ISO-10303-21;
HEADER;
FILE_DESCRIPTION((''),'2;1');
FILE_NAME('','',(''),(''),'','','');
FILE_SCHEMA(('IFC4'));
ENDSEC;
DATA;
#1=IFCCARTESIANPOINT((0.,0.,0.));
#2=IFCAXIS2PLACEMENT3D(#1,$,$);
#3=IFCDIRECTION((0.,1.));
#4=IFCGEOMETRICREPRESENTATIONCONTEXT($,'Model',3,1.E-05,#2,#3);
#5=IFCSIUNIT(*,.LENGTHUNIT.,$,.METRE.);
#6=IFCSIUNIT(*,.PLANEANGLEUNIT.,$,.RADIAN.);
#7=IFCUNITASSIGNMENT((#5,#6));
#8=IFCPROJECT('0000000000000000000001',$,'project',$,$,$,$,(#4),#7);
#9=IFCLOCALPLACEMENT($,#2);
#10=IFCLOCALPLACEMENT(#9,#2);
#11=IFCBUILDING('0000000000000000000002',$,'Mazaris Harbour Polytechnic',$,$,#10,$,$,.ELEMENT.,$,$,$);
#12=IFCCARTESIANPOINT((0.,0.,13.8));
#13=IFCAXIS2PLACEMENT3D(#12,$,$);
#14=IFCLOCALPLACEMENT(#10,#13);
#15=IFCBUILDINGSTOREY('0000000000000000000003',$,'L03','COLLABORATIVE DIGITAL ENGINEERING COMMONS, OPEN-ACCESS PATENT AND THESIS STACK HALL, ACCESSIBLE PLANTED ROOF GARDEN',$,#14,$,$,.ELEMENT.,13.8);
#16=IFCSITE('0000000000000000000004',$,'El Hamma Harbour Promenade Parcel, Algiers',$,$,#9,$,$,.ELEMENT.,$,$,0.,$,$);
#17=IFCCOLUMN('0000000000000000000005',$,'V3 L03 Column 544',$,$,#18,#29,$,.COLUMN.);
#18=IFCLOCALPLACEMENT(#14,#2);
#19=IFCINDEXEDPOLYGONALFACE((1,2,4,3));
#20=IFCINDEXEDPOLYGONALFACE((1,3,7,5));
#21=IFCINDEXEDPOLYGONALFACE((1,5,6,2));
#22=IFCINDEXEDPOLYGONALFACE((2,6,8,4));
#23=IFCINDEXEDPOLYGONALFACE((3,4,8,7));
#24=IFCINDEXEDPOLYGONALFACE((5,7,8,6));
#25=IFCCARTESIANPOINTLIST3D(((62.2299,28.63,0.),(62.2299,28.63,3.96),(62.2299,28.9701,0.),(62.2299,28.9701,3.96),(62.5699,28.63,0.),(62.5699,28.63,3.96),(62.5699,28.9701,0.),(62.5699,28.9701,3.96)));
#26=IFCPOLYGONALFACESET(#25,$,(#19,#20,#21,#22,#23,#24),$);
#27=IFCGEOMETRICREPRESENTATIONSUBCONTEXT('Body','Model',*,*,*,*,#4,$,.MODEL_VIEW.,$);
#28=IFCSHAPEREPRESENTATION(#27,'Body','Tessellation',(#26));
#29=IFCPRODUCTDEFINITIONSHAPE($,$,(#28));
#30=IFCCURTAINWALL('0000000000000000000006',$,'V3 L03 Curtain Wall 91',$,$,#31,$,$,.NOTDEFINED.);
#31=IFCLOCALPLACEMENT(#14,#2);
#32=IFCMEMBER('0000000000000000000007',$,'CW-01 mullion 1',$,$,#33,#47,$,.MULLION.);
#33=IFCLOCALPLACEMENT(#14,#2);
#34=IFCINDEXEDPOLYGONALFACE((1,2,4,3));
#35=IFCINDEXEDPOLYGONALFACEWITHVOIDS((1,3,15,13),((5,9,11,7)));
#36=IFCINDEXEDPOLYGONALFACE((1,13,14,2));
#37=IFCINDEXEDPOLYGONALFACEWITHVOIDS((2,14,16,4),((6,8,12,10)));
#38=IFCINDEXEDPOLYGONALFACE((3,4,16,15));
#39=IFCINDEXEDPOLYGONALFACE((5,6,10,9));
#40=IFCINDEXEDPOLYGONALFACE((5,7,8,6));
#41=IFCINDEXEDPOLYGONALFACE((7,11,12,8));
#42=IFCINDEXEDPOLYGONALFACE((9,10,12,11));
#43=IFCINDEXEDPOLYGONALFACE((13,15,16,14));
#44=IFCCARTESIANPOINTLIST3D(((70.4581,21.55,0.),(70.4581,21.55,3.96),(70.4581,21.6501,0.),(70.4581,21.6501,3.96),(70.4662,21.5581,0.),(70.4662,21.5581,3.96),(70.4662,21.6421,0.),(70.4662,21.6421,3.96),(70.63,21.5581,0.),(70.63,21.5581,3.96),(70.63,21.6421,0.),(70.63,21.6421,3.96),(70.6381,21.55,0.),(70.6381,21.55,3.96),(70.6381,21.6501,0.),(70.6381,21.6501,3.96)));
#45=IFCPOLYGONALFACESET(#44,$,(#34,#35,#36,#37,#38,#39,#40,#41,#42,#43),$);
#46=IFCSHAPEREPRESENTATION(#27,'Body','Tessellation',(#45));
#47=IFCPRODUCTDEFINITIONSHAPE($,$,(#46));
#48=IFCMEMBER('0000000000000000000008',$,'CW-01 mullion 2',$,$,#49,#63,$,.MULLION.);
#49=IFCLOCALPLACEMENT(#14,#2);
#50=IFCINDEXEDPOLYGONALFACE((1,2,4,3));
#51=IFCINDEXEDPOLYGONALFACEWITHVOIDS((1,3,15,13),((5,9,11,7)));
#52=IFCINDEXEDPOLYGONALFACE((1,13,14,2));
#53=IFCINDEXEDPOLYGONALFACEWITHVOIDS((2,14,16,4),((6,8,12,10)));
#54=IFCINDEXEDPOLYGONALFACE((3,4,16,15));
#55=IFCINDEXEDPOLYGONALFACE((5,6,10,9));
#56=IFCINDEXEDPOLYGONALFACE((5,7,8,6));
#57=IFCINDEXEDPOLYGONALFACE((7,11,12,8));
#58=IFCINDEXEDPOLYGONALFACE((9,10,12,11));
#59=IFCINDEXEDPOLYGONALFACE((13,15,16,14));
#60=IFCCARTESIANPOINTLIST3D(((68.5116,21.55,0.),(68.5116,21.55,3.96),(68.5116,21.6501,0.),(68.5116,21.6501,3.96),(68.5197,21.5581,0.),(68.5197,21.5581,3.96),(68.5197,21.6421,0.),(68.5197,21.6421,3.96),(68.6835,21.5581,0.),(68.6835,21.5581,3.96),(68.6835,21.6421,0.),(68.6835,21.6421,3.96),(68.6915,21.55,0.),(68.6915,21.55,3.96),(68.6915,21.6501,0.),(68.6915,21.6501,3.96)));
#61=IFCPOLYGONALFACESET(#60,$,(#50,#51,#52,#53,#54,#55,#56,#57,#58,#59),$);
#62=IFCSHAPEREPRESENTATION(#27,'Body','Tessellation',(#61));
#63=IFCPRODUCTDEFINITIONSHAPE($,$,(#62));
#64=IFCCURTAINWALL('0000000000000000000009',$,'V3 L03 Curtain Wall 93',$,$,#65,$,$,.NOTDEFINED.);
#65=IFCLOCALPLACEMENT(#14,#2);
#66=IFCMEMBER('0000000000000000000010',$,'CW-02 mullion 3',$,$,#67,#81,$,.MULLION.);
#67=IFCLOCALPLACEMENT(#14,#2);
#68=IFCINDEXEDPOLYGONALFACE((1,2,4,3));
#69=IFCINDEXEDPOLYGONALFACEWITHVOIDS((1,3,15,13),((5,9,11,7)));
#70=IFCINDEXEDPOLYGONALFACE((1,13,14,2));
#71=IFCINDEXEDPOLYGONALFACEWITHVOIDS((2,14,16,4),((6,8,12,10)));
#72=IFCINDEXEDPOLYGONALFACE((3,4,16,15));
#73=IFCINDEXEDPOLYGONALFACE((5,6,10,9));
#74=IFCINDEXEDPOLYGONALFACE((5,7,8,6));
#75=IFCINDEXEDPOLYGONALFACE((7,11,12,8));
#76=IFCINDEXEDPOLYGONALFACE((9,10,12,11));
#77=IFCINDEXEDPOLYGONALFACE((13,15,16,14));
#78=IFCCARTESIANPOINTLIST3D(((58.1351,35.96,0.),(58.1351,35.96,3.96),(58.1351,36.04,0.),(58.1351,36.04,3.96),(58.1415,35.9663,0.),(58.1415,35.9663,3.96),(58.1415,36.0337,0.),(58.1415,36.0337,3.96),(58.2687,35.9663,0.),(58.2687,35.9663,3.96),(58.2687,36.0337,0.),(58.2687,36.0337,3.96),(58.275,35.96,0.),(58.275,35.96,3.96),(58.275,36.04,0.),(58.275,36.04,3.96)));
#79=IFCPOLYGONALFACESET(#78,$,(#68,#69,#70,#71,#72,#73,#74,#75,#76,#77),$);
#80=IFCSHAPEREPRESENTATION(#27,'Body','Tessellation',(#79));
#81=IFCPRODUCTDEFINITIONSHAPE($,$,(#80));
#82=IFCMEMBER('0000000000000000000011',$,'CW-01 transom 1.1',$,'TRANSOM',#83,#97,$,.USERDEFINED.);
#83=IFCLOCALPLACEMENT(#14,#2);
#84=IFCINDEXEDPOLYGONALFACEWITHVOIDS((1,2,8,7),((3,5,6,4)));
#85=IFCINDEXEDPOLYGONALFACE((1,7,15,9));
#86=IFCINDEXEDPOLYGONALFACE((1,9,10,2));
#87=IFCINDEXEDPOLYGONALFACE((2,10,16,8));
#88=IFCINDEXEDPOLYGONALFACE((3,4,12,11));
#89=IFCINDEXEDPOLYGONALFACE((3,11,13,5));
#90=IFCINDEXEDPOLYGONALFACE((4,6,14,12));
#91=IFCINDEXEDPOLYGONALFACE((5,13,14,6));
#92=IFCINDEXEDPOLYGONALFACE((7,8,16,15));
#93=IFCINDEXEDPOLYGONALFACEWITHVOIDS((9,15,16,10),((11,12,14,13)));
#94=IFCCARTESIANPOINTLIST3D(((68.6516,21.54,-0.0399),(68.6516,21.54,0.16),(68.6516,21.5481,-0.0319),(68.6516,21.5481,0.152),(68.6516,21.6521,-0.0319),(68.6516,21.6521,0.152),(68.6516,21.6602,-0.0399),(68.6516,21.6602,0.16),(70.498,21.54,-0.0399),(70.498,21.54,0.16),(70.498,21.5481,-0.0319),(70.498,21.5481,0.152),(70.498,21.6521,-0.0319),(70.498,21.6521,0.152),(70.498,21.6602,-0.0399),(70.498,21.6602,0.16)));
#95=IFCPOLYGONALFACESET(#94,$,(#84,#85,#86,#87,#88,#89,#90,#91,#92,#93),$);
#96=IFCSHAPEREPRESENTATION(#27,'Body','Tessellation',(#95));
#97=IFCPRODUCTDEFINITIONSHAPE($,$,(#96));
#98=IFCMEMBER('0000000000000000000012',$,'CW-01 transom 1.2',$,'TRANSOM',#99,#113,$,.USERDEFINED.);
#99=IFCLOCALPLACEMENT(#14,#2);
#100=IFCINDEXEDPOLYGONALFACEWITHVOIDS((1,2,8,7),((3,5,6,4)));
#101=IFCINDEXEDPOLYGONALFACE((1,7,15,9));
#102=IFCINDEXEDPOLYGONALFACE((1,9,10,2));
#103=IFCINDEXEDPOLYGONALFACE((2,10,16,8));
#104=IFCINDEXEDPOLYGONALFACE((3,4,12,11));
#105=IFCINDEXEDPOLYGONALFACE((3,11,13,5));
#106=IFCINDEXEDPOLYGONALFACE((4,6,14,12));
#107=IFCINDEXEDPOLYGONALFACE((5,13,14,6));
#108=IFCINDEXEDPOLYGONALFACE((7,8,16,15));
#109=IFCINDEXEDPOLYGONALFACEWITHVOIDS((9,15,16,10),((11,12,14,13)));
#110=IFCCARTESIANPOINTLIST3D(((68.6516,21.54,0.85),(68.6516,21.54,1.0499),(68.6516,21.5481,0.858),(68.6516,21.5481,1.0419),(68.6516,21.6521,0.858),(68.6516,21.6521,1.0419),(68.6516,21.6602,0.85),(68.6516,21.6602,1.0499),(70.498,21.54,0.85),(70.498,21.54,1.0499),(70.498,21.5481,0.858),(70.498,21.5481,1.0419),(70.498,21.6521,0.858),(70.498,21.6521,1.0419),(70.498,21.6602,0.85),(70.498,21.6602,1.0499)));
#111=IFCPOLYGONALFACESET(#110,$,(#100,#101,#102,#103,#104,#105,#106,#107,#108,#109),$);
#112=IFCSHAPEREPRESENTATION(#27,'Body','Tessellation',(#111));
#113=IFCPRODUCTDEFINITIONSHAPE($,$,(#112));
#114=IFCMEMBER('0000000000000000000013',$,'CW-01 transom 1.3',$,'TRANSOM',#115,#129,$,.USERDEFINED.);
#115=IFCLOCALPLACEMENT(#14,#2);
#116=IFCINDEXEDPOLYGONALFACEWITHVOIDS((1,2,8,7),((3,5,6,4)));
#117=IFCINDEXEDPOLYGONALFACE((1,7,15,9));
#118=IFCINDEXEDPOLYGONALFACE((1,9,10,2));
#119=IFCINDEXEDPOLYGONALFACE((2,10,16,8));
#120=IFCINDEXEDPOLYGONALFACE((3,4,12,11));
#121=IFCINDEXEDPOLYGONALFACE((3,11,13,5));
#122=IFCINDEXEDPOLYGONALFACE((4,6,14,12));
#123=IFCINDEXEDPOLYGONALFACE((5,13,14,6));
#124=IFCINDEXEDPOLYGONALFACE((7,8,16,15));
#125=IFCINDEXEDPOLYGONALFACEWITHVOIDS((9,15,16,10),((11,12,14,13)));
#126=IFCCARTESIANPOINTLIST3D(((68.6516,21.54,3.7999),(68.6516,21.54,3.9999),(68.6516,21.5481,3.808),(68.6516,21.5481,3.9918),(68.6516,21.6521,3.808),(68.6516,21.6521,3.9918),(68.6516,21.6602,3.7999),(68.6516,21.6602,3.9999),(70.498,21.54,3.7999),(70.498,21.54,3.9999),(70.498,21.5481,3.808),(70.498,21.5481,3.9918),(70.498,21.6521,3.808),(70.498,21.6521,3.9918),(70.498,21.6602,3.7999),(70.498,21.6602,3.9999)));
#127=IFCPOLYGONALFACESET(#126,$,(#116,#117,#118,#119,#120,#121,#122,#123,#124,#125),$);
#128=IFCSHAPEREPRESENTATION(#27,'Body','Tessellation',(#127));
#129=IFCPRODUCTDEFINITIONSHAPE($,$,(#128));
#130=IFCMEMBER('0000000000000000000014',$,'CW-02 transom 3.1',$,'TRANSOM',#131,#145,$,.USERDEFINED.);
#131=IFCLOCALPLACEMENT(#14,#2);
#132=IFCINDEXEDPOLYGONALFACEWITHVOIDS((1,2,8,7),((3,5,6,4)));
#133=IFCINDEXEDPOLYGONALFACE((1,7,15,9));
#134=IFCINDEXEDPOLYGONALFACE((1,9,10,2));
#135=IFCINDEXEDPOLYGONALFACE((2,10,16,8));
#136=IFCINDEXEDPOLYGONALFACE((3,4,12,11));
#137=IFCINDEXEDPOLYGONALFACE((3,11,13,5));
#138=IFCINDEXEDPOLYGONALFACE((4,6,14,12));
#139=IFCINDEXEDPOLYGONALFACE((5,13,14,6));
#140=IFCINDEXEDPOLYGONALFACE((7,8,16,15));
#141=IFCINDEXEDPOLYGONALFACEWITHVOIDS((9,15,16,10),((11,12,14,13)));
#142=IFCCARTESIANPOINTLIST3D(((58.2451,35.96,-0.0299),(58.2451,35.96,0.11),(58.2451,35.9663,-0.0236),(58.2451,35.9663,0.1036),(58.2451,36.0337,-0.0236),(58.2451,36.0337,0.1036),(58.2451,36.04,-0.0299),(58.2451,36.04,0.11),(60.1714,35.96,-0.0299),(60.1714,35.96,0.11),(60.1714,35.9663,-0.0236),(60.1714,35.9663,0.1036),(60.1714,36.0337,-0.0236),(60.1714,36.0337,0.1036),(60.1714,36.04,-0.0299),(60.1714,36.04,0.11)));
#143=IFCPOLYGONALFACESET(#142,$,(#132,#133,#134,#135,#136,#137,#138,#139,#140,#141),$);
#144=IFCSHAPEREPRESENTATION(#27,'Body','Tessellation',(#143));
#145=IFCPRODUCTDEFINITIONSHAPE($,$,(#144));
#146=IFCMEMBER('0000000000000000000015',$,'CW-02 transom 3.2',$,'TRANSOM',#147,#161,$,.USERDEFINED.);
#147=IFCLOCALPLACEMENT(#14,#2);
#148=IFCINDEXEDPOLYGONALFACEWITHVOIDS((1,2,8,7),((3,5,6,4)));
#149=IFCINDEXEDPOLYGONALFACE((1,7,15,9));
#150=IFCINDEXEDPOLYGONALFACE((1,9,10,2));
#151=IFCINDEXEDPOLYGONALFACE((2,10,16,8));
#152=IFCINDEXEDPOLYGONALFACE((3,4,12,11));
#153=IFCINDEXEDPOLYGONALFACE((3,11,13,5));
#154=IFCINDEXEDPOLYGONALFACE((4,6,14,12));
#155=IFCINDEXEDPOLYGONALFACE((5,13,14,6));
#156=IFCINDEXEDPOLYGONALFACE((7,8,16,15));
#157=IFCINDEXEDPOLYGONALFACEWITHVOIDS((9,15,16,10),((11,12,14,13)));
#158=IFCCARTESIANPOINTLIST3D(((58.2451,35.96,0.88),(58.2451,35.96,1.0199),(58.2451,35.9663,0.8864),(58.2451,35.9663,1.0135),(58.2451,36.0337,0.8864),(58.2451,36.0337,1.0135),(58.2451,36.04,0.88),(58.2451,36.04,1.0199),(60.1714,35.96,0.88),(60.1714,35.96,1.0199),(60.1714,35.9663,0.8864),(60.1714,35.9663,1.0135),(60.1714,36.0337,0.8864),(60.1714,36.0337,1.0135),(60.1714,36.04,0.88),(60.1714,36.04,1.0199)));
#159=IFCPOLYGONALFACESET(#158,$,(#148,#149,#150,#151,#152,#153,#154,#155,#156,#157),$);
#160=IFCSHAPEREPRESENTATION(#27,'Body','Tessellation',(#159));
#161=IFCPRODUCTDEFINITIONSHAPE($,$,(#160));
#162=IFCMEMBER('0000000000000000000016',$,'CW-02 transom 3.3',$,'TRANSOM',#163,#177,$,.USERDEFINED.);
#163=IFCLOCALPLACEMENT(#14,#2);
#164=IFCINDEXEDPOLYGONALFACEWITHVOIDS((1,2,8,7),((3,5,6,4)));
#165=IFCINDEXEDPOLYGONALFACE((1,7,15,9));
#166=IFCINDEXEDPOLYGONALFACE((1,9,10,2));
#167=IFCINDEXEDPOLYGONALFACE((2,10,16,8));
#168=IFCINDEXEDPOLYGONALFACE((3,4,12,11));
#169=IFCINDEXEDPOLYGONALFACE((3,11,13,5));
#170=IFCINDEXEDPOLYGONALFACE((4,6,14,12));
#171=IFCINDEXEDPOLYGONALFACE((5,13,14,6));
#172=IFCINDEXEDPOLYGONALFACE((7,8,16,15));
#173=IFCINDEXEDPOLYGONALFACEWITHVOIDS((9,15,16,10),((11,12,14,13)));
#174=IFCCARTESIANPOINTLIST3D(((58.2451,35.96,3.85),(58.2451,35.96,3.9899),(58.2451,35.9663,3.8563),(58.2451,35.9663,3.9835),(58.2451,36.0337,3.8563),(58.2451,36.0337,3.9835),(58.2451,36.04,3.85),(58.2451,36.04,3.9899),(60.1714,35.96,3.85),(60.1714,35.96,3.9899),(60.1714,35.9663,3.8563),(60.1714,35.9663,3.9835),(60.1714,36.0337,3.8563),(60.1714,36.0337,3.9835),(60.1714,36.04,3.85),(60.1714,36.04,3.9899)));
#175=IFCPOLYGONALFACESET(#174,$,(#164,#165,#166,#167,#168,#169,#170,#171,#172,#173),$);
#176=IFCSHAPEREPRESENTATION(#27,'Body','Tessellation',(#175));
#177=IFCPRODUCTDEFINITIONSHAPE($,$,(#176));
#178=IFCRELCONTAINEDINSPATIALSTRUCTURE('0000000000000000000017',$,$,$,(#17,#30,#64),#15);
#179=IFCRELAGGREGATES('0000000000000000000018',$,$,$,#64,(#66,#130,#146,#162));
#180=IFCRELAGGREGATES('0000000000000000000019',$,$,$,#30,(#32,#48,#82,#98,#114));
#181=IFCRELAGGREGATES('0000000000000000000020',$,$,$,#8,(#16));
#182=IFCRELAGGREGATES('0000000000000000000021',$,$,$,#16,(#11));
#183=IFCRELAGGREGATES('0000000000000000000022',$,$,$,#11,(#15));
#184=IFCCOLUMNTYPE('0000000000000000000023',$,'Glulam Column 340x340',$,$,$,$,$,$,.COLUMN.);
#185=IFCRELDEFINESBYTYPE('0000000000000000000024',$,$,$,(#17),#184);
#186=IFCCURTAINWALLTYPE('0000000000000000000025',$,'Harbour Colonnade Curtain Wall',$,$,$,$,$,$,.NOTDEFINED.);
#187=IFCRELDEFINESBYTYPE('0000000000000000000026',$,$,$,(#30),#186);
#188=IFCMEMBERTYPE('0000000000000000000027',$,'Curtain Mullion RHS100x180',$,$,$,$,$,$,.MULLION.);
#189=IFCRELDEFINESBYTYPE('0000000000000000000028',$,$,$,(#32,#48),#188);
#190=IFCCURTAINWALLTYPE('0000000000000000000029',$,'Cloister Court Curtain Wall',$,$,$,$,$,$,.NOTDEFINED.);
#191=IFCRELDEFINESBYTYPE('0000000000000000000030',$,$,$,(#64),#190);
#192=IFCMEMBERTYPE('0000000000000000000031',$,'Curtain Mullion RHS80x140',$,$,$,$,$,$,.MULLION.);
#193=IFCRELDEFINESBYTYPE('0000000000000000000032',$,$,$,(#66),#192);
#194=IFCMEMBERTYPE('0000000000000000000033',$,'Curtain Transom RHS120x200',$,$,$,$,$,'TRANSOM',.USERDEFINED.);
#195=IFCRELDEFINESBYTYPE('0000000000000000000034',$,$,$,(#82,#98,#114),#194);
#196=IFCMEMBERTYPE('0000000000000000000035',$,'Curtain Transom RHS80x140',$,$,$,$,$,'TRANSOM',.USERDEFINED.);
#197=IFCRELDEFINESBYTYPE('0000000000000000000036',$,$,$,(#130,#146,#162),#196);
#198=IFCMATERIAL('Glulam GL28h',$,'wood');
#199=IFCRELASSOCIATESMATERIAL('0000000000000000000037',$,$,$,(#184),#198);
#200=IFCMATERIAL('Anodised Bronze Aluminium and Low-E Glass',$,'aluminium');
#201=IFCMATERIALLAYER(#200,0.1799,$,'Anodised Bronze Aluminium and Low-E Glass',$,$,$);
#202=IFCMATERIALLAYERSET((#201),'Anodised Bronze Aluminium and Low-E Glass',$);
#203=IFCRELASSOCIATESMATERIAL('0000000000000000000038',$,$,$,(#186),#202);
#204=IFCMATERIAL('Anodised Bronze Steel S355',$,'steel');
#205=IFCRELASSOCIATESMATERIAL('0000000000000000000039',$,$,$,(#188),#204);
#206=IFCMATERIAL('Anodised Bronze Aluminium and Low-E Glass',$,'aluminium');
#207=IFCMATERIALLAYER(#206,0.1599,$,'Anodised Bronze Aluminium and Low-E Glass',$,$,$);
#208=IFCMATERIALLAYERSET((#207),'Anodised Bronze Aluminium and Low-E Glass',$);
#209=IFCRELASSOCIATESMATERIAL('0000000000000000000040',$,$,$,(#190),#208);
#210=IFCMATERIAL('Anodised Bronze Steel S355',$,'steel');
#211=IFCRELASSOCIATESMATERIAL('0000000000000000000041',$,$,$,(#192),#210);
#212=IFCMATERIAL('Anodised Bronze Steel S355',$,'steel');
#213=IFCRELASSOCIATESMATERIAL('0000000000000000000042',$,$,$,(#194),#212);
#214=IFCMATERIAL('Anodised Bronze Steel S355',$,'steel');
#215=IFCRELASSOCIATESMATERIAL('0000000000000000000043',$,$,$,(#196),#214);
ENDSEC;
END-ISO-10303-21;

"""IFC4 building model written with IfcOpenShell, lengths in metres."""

from ifc_helpers import new_model, si_unit, direction, frame, origin, origin_2d, place, context, subcontext, project, spatial, rectangle, hollow_rectangle, extrude, material, layer, layer_set, material_profile, profile_set, type_object, element, aggregate, save


model = new_model("IFC4")

# Units and contexts
model_context = context("Model", 3, precision=1e-05, world=origin(), true_north=direction((0.0, 1.0)))
body_context = subcontext(model_context, "Body", "Model", "MODEL_VIEW")
ifc_project = project(units=[si_unit("LENGTHUNIT", "METRE"), si_unit("PLANEANGLEUNIT", "RADIAN")], contexts=[model_context])

# Site, building, storey
site_placement = place(None, origin())
site = spatial("IfcSite", under=ifc_project, at=site_placement, Name="El Hamma Harbour Promenade Parcel, Algiers", CompositionType="ELEMENT", RefElevation=0.0)
building_placement = place(site_placement, origin())
building = spatial("IfcBuilding", under=site, at=building_placement, Name="Mazaris Harbour Polytechnic", CompositionType="ELEMENT")
storey_placement = place(building_placement, frame((0.0, 0.0, 13.8)))
storey = spatial("IfcBuildingStorey", under=building, at=storey_placement, Name="L03", Description="COLLABORATIVE DIGITAL ENGINEERING COMMONS, OPEN-ACCESS PATENT AND THESIS STACK HALL, ACCESSIBLE PLANTED ROOF GARDEN", CompositionType="ELEMENT", Elevation=13.8)

# Column
ifc_material_1 = material(Name="Glulam GL28h", Category="wood")
ifc_material_profile_1 = material_profile(ifc_material_1, rectangle(XDim=0.3401, YDim=0.3401, at=origin_2d()), Name="RECT340x340")
ifc_profile_set_1 = profile_set([ifc_material_profile_1], Name="Glulam GL28h")
column_type = type_object("IfcColumnType", Name="Glulam Column 340x340", PredefinedType="COLUMN", material=ifc_profile_set_1)
column_placement = place(storey_placement, frame((62.3999, 28.8, 0.0), z_axis=(0.0, 0.0, 1.0), x_axis=(1.0, 0.0, 0.0)))
element("IfcColumn", 1, at=column_placement, inside=storey, type_object=column_type, Name="V3 L03 Column 544", PredefinedType="COLUMN", context=body_context, shape_type="SweptSolid", body=[
    extrude(rectangle(XDim=0.3401, YDim=0.3401, at=origin_2d()), origin(), (0.0, 0.0, 1.0), 3.96),
])

# Curtain wall, members
ifc_material_2 = material(Name="Anodised Bronze Aluminium and Low-E Glass", Category="aluminium")
ifc_layer_1 = layer(ifc_material_2, 0.1799, Name="Anodised Bronze Aluminium and Low-E Glass")
ifc_layer_set_1 = layer_set([ifc_layer_1], Name="Anodised Bronze Aluminium and Low-E Glass")
curtain_wall_type_1 = type_object("IfcCurtainWallType", Name="Harbour Colonnade Curtain Wall", PredefinedType="NOTDEFINED", material=ifc_layer_set_1)
curtain_wall_1_placement = place(storey_placement, origin())
curtain_wall_1 = element("IfcCurtainWall", 2, at=curtain_wall_1_placement, inside=storey, type_object=curtain_wall_type_1, Name="V3 L03 Curtain Wall 91", PredefinedType="NOTDEFINED")
ifc_material_3 = material(Name="Anodised Bronze Steel S355", Category="steel")
ifc_material_profile_2 = material_profile(ifc_material_3, hollow_rectangle(XDim=0.1001, YDim=0.1799, WallThickness=0.0081, at=origin_2d()), Name="RHS 100x180x8.0")
ifc_profile_set_2 = profile_set([ifc_material_profile_2], Name="Anodised Bronze Steel S355")
member_type_1 = type_object("IfcMemberType", Name="Curtain Mullion RHS100x180", PredefinedType="MULLION", material=ifc_profile_set_2)
member_1_placement = place(storey_placement, frame((70.5481, 21.6001, 0.0), z_axis=(0.0, 0.0, 1.0), x_axis=(0.0, -1.0, 0.0)))
member_1 = element("IfcMember", 3, at=member_1_placement, type_object=member_type_1, Name="CW-01 mullion 1", PredefinedType="MULLION", context=body_context, shape_type="SweptSolid", body=[
    extrude(hollow_rectangle(XDim=0.1001, YDim=0.1799, WallThickness=0.0081, at=origin_2d()), origin(), (0.0, 0.0, 1.0), 3.96),
])
member_2_placement = place(storey_placement, frame((68.6016, 21.6001, 0.0), z_axis=(0.0, 0.0, 1.0), x_axis=(0.0, -1.0, 0.0)))
member_2 = element("IfcMember", 4, at=member_2_placement, type_object=member_type_1, Name="CW-01 mullion 2", PredefinedType="MULLION", context=body_context, shape_type="SweptSolid", body=[
    extrude(hollow_rectangle(XDim=0.1001, YDim=0.1799, WallThickness=0.0081, at=origin_2d()), origin(), (0.0, 0.0, 1.0), 3.96),
])

# Curtain wall, member
ifc_material_4 = material(Name="Anodised Bronze Aluminium and Low-E Glass", Category="aluminium")
ifc_layer_2 = layer(ifc_material_4, 0.1599, Name="Anodised Bronze Aluminium and Low-E Glass")
ifc_layer_set_2 = layer_set([ifc_layer_2], Name="Anodised Bronze Aluminium and Low-E Glass")
curtain_wall_type_2 = type_object("IfcCurtainWallType", Name="Cloister Court Curtain Wall", PredefinedType="NOTDEFINED", material=ifc_layer_set_2)
curtain_wall_2_placement = place(storey_placement, origin())
curtain_wall_2 = element("IfcCurtainWall", 5, at=curtain_wall_2_placement, inside=storey, type_object=curtain_wall_type_2, Name="V3 L03 Curtain Wall 93", PredefinedType="NOTDEFINED")
ifc_material_5 = material(Name="Anodised Bronze Steel S355", Category="steel")
ifc_material_profile_3 = material_profile(ifc_material_5, hollow_rectangle(XDim=0.0801, YDim=0.1399, WallThickness=0.0063, at=origin_2d()), Name="RHS 80x140x6.3")
ifc_profile_set_3 = profile_set([ifc_material_profile_3], Name="Anodised Bronze Steel S355")
member_type_2 = type_object("IfcMemberType", Name="Curtain Mullion RHS80x140", PredefinedType="MULLION", material=ifc_profile_set_3)
member_3_placement = place(storey_placement, frame((58.2051, 36.0, 0.0), z_axis=(0.0, 0.0, 1.0), x_axis=(0.0, 1.0, 0.0)))
member_3 = element("IfcMember", 6, at=member_3_placement, type_object=member_type_2, Name="CW-02 mullion 3", PredefinedType="MULLION", context=body_context, shape_type="SweptSolid", body=[
    extrude(hollow_rectangle(XDim=0.0801, YDim=0.1399, WallThickness=0.0063, at=origin_2d()), origin(), (0.0, 0.0, 1.0), 3.96),
])

# Members
ifc_material_6 = material(Name="Anodised Bronze Steel S355", Category="steel")
ifc_material_profile_4 = material_profile(ifc_material_6, hollow_rectangle(XDim=0.1201, YDim=0.2, WallThickness=0.0081, at=origin_2d()), Name="RHS 120x200x8.0")
ifc_profile_set_4 = profile_set([ifc_material_profile_4], Name="Anodised Bronze Steel S355")
member_type_3 = type_object("IfcMemberType", Name="Curtain Transom RHS120x200", ElementType="TRANSOM", PredefinedType="USERDEFINED", material=ifc_profile_set_4)
member_4_placement = place(storey_placement, frame((70.498, 21.6001, 0.0601), z_axis=(-1.0, 0.0, 0.0), x_axis=(0.0, -1.0, 0.0)))
member_4 = element("IfcMember", 7, at=member_4_placement, type_object=member_type_3, Name="CW-01 transom 1.1", ObjectType="TRANSOM", PredefinedType="USERDEFINED", context=body_context, shape_type="SweptSolid", body=[
    extrude(hollow_rectangle(XDim=0.1201, YDim=0.2, WallThickness=0.0081, at=origin_2d()), origin(), (0.0, 0.0, 1.0), 1.8464),
])
member_5_placement = place(storey_placement, frame((70.498, 21.6001, 0.95), z_axis=(-1.0, 0.0, 0.0), x_axis=(0.0, -1.0, 0.0)))
member_5 = element("IfcMember", 8, at=member_5_placement, type_object=member_type_3, Name="CW-01 transom 1.2", ObjectType="TRANSOM", PredefinedType="USERDEFINED", context=body_context, shape_type="SweptSolid", body=[
    extrude(hollow_rectangle(XDim=0.1201, YDim=0.2, WallThickness=0.0081, at=origin_2d()), origin(), (0.0, 0.0, 1.0), 1.8464),
])
member_6_placement = place(storey_placement, frame((70.498, 21.6001, 3.8999), z_axis=(-1.0, 0.0, 0.0), x_axis=(0.0, -1.0, 0.0)))
member_6 = element("IfcMember", 9, at=member_6_placement, type_object=member_type_3, Name="CW-01 transom 1.3", ObjectType="TRANSOM", PredefinedType="USERDEFINED", context=body_context, shape_type="SweptSolid", body=[
    extrude(hollow_rectangle(XDim=0.1201, YDim=0.2, WallThickness=0.0081, at=origin_2d()), origin(), (0.0, 0.0, 1.0), 1.8464),
])
ifc_material_7 = material(Name="Anodised Bronze Steel S355", Category="steel")
ifc_material_profile_5 = material_profile(ifc_material_7, hollow_rectangle(XDim=0.0801, YDim=0.1399, WallThickness=0.0063, at=origin_2d()), Name="RHS 80x140x6.3")
ifc_profile_set_5 = profile_set([ifc_material_profile_5], Name="Anodised Bronze Steel S355")
member_type_4 = type_object("IfcMemberType", Name="Curtain Transom RHS80x140", ElementType="TRANSOM", PredefinedType="USERDEFINED", material=ifc_profile_set_5)
member_7_placement = place(storey_placement, frame((58.2451, 36.0, 0.04), z_axis=(1.0, 0.0, 0.0), x_axis=(0.0, 1.0, 0.0)))
member_7 = element("IfcMember", 10, at=member_7_placement, type_object=member_type_4, Name="CW-02 transom 3.1", ObjectType="TRANSOM", PredefinedType="USERDEFINED", context=body_context, shape_type="SweptSolid", body=[
    extrude(hollow_rectangle(XDim=0.0801, YDim=0.1399, WallThickness=0.0063, at=origin_2d()), origin(), (0.0, 0.0, 1.0), 1.9263),
])
member_8_placement = place(storey_placement, frame((58.2451, 36.0, 0.95), z_axis=(1.0, 0.0, 0.0), x_axis=(0.0, 1.0, 0.0)))
member_8 = element("IfcMember", 11, at=member_8_placement, type_object=member_type_4, Name="CW-02 transom 3.2", ObjectType="TRANSOM", PredefinedType="USERDEFINED", context=body_context, shape_type="SweptSolid", body=[
    extrude(hollow_rectangle(XDim=0.0801, YDim=0.1399, WallThickness=0.0063, at=origin_2d()), origin(), (0.0, 0.0, 1.0), 1.9263),
])
member_9_placement = place(storey_placement, frame((58.2451, 36.0, 3.9199), z_axis=(1.0, 0.0, 0.0), x_axis=(0.0, 1.0, 0.0)))
member_9 = element("IfcMember", 12, at=member_9_placement, type_object=member_type_4, Name="CW-02 transom 3.3", ObjectType="TRANSOM", PredefinedType="USERDEFINED", context=body_context, shape_type="SweptSolid", body=[
    extrude(hollow_rectangle(XDim=0.0801, YDim=0.1399, WallThickness=0.0063, at=origin_2d()), origin(), (0.0, 0.0, 1.0), 1.9263),
])
aggregate(curtain_wall_2, [member_3, member_7, member_8, member_9])

aggregate(curtain_wall_1, [member_1, member_2, member_4, member_5, member_6])

save(model, "model.ifc")
